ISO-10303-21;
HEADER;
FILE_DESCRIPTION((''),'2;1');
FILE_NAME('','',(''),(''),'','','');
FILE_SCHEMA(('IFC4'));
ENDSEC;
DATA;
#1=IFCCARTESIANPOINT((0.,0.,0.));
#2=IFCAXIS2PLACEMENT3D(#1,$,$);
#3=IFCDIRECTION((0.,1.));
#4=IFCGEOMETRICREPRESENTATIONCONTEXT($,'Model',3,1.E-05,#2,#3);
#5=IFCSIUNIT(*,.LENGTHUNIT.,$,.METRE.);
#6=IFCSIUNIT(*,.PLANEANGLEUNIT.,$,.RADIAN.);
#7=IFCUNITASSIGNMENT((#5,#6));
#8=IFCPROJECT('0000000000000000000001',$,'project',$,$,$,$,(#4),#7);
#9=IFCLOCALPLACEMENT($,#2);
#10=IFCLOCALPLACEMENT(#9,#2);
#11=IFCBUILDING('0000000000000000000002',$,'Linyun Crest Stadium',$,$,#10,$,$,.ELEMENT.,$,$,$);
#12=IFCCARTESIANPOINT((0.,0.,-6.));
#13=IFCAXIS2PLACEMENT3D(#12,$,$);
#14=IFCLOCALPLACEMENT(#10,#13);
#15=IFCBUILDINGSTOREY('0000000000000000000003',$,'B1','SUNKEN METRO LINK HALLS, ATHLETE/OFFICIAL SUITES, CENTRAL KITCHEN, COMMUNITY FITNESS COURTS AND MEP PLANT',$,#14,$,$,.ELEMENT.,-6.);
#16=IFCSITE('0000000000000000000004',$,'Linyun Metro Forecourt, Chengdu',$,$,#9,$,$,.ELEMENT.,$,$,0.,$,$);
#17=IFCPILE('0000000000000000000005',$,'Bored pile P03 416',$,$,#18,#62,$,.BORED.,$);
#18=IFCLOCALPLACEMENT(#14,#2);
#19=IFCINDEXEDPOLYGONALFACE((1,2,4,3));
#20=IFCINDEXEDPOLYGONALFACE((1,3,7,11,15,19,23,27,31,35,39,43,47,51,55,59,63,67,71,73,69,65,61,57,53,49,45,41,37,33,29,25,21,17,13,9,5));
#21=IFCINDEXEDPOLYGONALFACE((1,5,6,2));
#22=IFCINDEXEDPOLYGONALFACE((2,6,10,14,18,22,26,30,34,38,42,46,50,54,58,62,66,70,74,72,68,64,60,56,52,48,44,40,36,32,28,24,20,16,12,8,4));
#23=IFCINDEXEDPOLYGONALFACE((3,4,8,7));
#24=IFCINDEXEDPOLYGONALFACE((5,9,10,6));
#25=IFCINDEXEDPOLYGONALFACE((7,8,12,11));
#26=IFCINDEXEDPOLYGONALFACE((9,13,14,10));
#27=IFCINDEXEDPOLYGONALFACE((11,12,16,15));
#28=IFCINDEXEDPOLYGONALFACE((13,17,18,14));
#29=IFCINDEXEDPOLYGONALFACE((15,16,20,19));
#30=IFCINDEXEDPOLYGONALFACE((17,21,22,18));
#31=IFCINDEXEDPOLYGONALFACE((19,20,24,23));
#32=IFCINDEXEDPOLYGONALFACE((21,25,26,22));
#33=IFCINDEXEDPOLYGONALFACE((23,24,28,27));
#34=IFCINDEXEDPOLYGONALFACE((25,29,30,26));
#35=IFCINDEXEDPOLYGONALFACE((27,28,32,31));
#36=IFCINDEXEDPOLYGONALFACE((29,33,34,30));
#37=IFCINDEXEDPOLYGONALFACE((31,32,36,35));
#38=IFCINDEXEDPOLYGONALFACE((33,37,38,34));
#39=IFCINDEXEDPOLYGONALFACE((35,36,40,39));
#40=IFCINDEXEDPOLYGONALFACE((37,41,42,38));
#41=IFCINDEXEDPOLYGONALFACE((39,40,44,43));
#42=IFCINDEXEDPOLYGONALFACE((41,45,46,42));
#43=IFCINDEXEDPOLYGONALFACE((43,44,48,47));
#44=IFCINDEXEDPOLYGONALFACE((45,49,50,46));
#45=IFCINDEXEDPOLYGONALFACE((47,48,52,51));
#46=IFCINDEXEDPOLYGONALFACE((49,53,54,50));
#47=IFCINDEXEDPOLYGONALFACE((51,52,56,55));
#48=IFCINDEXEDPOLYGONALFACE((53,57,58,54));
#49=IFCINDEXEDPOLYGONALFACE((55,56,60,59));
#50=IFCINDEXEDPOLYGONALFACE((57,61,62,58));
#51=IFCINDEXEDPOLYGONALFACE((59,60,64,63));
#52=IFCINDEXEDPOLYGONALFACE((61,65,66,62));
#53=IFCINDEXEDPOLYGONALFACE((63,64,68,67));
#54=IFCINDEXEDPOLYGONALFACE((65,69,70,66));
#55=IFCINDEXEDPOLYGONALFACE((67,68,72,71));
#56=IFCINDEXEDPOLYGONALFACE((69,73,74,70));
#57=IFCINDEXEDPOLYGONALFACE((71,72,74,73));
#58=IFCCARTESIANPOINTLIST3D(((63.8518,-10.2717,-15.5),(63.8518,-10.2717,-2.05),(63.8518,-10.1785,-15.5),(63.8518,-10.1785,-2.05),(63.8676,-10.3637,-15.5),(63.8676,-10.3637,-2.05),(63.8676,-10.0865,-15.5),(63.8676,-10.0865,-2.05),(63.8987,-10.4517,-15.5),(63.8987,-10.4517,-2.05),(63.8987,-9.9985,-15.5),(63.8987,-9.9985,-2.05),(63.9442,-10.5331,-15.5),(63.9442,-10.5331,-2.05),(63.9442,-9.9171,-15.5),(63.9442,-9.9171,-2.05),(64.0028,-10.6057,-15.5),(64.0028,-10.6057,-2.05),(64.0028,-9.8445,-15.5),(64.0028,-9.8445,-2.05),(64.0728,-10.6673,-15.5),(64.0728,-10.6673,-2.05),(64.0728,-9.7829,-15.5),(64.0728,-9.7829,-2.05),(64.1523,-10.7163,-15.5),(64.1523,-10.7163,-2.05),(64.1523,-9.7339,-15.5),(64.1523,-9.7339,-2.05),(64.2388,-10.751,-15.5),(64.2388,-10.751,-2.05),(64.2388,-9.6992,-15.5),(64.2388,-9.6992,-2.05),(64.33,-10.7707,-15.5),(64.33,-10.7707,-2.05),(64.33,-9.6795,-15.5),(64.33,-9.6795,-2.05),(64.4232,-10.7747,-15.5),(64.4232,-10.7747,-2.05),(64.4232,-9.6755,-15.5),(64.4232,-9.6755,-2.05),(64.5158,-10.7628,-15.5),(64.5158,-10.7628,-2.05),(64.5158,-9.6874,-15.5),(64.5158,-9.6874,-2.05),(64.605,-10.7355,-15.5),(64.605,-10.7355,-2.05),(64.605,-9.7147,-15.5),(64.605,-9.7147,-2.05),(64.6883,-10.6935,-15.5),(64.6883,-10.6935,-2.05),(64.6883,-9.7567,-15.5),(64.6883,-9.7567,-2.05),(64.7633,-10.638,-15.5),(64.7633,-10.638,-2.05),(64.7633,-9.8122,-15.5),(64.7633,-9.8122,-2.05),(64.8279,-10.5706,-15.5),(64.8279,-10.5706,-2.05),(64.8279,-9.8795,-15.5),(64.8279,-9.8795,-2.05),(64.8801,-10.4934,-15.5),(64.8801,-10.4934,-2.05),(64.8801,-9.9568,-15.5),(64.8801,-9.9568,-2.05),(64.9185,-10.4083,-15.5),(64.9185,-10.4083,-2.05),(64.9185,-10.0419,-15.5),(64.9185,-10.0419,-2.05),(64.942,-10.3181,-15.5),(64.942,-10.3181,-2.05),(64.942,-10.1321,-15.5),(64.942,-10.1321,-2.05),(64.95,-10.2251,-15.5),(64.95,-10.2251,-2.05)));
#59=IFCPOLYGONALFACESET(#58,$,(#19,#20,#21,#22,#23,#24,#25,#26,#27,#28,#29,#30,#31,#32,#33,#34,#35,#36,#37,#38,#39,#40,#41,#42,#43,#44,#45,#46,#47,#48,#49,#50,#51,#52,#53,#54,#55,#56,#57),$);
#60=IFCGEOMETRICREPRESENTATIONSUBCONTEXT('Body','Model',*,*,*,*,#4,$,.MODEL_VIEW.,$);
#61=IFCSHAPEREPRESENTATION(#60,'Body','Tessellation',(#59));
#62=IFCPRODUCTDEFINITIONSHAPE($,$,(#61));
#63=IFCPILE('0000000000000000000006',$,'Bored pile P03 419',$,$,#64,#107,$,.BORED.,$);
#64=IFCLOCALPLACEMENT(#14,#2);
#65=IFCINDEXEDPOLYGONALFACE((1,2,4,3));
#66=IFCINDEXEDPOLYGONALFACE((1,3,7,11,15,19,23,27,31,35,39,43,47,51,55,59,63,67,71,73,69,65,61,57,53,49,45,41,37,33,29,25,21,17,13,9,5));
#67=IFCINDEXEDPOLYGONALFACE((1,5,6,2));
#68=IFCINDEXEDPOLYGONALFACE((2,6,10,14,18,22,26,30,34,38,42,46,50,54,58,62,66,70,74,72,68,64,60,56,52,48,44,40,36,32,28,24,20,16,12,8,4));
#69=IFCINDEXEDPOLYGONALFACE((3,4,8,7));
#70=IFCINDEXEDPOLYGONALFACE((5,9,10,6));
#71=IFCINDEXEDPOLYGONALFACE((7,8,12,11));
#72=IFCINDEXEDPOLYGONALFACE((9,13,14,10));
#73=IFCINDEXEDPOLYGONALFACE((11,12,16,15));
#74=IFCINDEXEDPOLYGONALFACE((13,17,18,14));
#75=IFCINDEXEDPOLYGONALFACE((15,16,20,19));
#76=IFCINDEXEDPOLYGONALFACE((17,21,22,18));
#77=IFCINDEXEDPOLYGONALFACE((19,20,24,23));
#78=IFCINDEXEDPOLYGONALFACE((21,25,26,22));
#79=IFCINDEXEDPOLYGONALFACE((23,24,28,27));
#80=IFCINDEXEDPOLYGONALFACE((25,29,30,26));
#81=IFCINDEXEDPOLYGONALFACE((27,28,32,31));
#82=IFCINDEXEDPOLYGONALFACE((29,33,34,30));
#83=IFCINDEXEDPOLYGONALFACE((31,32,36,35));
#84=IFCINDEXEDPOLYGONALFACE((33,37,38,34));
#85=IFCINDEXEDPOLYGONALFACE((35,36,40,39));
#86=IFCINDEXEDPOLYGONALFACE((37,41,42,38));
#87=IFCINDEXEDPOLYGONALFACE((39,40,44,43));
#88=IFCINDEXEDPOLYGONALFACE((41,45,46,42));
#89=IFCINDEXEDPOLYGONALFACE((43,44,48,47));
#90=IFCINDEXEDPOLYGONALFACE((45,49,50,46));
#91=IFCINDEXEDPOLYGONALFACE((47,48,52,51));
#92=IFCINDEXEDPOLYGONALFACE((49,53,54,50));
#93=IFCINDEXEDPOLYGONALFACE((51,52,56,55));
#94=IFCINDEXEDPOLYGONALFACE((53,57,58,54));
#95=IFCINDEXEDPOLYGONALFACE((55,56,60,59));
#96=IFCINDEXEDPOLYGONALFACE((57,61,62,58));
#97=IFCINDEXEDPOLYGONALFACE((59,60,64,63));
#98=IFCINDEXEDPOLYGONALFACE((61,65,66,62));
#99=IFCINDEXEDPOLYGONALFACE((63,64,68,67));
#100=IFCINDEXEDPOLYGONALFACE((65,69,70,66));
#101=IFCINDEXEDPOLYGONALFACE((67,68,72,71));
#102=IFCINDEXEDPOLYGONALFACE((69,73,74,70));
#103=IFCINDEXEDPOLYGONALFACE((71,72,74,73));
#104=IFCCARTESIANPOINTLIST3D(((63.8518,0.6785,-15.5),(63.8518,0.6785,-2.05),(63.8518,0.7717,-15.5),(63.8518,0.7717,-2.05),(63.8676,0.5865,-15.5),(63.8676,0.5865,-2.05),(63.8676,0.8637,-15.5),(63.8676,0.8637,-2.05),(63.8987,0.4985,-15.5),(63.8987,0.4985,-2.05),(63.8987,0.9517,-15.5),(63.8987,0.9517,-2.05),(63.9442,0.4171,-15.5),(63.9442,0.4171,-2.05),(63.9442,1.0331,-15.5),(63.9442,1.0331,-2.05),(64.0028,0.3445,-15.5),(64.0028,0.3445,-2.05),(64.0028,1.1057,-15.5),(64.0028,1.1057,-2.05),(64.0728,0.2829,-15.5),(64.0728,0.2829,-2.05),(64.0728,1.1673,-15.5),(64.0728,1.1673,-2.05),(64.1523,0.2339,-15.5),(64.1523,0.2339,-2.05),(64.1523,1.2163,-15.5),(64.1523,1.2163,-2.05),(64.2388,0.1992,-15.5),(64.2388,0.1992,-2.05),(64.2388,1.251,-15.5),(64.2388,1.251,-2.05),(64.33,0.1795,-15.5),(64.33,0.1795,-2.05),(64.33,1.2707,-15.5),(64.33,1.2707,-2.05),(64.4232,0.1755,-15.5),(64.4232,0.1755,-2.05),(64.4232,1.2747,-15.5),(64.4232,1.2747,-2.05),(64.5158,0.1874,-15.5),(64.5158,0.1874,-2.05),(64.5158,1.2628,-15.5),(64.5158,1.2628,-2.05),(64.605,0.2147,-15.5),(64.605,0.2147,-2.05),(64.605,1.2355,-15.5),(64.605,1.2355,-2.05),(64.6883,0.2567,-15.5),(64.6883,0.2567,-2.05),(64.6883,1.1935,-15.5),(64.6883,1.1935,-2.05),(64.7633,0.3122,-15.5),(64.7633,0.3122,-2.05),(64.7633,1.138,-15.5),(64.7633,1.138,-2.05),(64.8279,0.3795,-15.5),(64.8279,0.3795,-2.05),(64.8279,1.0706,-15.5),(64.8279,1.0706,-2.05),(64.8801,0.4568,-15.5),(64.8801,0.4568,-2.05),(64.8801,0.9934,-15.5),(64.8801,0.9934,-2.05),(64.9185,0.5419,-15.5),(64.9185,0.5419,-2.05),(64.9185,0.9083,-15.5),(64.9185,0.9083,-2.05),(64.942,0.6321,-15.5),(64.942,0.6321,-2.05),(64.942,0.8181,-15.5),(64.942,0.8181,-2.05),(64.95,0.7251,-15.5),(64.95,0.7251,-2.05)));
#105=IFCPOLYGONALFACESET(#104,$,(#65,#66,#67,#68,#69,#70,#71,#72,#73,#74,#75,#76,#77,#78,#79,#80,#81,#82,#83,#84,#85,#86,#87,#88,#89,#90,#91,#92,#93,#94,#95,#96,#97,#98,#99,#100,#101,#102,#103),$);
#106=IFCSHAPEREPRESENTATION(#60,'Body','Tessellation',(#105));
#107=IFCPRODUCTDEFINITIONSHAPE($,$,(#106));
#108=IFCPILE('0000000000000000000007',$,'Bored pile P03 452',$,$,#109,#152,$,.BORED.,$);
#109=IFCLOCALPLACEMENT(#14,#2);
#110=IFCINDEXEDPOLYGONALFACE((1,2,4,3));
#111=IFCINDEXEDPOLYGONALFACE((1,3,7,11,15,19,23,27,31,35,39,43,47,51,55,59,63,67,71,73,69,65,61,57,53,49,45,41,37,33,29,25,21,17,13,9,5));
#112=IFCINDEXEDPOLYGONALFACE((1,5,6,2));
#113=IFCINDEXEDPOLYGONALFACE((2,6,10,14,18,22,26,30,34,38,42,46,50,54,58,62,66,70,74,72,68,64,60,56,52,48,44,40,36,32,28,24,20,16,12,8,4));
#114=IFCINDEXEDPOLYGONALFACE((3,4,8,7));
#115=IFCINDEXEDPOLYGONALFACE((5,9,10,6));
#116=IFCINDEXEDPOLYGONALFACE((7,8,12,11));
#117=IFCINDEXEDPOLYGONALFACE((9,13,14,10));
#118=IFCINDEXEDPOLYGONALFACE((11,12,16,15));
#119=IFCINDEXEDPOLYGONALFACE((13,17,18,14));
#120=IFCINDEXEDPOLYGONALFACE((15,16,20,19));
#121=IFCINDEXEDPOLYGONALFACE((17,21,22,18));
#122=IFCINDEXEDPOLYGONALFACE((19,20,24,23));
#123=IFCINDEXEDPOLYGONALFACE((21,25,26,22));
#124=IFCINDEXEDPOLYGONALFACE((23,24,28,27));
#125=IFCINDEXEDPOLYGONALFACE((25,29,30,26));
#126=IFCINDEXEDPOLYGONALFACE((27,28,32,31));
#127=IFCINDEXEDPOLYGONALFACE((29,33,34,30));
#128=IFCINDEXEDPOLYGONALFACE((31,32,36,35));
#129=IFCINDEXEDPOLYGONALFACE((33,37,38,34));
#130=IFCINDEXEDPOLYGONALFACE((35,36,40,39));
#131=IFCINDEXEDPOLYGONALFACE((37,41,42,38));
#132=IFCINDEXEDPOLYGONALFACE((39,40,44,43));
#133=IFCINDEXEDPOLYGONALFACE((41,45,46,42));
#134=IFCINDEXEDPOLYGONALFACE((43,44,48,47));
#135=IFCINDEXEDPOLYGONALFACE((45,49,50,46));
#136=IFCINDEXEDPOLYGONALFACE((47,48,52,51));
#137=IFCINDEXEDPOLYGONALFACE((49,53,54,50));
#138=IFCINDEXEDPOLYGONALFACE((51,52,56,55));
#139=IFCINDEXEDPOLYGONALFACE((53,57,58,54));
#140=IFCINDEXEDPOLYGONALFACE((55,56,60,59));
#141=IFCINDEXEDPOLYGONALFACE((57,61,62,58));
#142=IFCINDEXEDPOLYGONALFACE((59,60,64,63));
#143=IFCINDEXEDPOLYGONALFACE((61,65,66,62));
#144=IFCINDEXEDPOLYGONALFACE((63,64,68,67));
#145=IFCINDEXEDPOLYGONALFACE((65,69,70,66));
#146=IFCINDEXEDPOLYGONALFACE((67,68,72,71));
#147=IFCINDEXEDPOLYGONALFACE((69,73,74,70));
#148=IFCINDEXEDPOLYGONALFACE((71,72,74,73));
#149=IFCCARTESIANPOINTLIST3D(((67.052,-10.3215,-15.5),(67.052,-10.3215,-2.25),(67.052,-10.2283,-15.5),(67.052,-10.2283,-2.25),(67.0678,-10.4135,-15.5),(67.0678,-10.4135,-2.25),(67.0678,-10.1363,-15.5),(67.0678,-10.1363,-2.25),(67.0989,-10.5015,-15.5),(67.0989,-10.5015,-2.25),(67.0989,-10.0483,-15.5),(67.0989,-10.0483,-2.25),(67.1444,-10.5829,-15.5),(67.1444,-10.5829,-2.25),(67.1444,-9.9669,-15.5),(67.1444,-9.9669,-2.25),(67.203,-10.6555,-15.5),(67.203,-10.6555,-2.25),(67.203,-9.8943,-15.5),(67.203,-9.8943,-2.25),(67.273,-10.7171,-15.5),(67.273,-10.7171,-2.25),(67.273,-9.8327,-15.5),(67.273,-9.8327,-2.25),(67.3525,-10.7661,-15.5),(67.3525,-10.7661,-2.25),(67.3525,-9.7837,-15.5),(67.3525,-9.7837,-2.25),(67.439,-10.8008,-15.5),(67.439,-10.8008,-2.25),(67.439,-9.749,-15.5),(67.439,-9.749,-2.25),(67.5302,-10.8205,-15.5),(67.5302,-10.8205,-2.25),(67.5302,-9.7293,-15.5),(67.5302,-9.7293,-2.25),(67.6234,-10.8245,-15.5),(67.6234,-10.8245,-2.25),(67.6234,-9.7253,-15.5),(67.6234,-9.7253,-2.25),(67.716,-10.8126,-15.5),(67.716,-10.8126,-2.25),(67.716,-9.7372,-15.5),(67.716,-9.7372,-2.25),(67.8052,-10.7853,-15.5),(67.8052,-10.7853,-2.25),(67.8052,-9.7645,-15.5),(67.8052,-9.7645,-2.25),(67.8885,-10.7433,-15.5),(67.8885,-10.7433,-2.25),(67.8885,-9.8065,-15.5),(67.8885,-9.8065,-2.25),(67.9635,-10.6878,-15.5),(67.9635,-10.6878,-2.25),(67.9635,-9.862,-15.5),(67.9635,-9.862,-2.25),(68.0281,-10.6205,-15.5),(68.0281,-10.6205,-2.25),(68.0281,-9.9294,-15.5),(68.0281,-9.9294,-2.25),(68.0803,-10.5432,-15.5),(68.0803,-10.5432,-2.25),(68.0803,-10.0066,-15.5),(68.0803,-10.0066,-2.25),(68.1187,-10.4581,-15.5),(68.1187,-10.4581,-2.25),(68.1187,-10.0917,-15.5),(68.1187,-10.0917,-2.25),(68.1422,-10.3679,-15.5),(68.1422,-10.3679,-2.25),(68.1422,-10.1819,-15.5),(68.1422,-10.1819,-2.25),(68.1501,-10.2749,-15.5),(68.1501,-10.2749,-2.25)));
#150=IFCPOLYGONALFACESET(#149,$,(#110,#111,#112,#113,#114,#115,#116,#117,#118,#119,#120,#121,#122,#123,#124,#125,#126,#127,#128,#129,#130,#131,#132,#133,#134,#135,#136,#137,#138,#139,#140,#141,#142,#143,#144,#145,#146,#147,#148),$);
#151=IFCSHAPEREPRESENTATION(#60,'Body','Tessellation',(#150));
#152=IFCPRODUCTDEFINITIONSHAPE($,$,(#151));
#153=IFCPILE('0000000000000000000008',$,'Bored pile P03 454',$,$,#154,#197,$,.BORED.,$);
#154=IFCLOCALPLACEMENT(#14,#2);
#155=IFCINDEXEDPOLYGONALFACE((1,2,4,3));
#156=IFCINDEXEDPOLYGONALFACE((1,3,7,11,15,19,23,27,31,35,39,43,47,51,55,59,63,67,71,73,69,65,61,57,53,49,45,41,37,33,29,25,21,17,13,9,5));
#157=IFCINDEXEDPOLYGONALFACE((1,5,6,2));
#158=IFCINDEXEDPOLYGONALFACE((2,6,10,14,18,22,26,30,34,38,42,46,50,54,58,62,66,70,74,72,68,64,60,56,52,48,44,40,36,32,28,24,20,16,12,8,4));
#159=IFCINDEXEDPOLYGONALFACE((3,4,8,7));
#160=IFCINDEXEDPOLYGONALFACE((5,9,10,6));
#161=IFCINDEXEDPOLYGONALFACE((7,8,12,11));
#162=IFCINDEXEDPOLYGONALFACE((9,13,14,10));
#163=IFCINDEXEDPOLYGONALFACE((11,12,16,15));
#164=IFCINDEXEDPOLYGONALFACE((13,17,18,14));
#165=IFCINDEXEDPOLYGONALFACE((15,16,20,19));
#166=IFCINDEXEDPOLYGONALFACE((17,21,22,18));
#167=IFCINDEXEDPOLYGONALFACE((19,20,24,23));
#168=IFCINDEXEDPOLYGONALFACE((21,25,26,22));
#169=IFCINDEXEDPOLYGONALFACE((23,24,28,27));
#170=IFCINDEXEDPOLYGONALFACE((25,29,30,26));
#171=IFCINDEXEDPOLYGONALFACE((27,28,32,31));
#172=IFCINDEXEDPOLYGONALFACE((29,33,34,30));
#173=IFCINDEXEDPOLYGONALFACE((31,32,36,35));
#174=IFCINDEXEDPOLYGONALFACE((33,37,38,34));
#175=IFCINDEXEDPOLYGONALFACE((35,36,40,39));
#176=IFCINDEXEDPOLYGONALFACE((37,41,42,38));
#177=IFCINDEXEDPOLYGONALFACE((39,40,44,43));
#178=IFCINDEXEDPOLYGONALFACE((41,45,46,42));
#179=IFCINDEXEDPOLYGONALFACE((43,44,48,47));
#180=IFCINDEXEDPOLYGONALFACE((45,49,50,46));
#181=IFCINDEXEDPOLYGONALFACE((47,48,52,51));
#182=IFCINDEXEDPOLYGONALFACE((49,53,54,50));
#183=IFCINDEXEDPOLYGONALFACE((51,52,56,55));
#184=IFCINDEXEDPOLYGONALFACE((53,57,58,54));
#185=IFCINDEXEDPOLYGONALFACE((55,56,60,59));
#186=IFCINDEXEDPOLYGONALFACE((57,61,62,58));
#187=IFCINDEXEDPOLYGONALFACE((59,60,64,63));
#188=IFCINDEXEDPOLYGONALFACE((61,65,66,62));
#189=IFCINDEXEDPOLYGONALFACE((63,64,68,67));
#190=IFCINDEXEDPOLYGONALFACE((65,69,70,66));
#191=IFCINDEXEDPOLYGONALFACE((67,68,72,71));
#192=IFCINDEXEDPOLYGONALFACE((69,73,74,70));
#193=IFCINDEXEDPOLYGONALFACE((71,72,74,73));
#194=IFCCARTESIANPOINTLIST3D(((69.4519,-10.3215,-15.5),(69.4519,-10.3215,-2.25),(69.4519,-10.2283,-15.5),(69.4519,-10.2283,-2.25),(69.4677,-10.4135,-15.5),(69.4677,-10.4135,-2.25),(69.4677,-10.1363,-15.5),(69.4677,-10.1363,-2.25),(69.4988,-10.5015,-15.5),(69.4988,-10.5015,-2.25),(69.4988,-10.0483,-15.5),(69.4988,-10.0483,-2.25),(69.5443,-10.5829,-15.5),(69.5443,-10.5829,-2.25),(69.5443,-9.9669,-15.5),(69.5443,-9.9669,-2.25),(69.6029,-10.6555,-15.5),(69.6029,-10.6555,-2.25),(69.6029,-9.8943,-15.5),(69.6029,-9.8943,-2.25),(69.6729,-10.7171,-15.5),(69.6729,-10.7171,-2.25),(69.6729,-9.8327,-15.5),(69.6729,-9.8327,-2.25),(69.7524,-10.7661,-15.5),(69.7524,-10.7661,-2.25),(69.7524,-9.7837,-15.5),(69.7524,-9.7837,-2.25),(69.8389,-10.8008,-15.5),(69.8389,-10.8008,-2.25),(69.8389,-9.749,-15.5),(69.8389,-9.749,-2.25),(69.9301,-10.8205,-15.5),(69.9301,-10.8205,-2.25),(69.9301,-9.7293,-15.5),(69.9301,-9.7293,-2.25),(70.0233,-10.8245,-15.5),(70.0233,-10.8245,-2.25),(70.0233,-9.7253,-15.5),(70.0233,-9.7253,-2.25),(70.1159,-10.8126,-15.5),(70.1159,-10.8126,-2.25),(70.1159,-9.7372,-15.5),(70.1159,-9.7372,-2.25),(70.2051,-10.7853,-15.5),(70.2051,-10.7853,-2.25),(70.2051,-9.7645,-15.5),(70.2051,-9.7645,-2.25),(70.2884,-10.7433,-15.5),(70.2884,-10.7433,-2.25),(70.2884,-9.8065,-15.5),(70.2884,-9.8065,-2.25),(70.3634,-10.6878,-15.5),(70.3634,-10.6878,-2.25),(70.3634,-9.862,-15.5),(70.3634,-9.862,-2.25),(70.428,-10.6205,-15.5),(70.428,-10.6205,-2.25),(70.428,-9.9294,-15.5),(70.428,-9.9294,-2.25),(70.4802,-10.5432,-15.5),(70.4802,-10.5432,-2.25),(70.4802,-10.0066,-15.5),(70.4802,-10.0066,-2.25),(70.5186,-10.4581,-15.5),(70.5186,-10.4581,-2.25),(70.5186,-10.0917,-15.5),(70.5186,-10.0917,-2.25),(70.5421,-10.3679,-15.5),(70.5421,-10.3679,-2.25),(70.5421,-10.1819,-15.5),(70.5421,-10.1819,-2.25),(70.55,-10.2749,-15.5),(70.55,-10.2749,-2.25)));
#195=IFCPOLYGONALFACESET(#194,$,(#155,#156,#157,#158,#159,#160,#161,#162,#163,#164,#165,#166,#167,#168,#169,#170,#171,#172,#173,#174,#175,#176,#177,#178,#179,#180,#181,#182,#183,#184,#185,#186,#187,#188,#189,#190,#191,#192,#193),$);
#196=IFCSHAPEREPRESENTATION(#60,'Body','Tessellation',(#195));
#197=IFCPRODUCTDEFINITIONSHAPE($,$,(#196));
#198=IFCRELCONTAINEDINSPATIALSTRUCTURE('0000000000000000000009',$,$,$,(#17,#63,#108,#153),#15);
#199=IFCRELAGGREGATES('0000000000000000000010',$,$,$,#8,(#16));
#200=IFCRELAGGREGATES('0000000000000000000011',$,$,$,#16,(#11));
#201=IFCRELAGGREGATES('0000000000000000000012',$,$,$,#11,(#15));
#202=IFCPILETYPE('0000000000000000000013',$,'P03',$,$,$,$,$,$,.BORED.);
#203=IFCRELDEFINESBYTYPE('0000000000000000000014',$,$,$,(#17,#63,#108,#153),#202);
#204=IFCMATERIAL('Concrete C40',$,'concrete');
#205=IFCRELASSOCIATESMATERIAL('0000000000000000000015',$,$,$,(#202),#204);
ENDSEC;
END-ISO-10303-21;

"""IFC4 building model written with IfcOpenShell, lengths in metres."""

from ifc_helpers import new_model, si_unit, direction, frame, origin, origin_2d, place, context, subcontext, project, spatial, circle, extrude, material, material_profile, profile_set, type_object, element, save


model = new_model("IFC4")

# Units and contexts
model_context = context("Model", 3, precision=1e-05, world=origin(), true_north=direction((0.0, 1.0)))
body_context = subcontext(model_context, "Body", "Model", "MODEL_VIEW")
ifc_project = project(units=[si_unit("LENGTHUNIT", "METRE"), si_unit("PLANEANGLEUNIT", "RADIAN")], contexts=[model_context])

# Site, building, storey
site_placement = place(None, origin())
site = spatial("IfcSite", under=ifc_project, at=site_placement, Name="Linyun Metro Forecourt, Chengdu", CompositionType="ELEMENT", RefElevation=0.0)
building_placement = place(site_placement, origin())
building = spatial("IfcBuilding", under=site, at=building_placement, Name="Linyun Crest Stadium", CompositionType="ELEMENT")
storey_placement = place(building_placement, frame((0.0, 0.0, -6.0)))
storey = spatial("IfcBuildingStorey", under=building, at=storey_placement, Name="B1", Description="SUNKEN METRO LINK HALLS, ATHLETE/OFFICIAL SUITES, CENTRAL KITCHEN, COMMUNITY FITNESS COURTS AND MEP PLANT", CompositionType="ELEMENT", Elevation=-6.0)

# Piles
ifc_material_1 = material(Name="Concrete C40", Category="concrete")
ifc_material_profile_1 = material_profile(ifc_material_1, circle(Radius=0.55, at=origin_2d()), Name="BORED PILE 1100")
ifc_profile_set_1 = profile_set([ifc_material_profile_1], Name="Concrete C40")
pile_type = type_object("IfcPileType", Name="P03", PredefinedType="BORED", material=ifc_profile_set_1)
for number, where, z_axis, x_axis, name in (
    (1, (64.3999, -10.2251, -2.05), (0.0, 0.0, -1.0), (1.0, 0.0, 0.0), "Bored pile P03 416"),
    (2, (64.3999, 0.7251, -2.05), (0.0, 0.0, -1.0), (1.0, 0.0, 0.0), "Bored pile P03 419"),
):
    element("IfcPile", number, at=place(storey_placement, frame(where, z_axis=z_axis, x_axis=x_axis)), inside=storey, type_object=pile_type, Name=name, PredefinedType="BORED", context=body_context, shape_type="SweptSolid", body=[
        extrude(circle(Radius=0.55, at=origin_2d()), origin(), (0.0, 0.0, 1.0), 13.45),
    ])
for number, where, z_axis, x_axis, name in (
    (3, (67.6001, -10.2749, -2.25), (0.0, 0.0, -1.0), (1.0, 0.0, 0.0), "Bored pile P03 452"),
    (4, (70.0, -10.2749, -2.25), (0.0, 0.0, -1.0), (1.0, 0.0, 0.0), "Bored pile P03 454"),
):
    element("IfcPile", number, at=place(storey_placement, frame(where, z_axis=z_axis, x_axis=x_axis)), inside=storey, type_object=pile_type, Name=name, PredefinedType="BORED", context=body_context, shape_type="SweptSolid", body=[
        extrude(circle(Radius=0.55, at=origin_2d()), origin(), (0.0, 0.0, 1.0), 13.25),
    ])

save(model, "model.ifc")
